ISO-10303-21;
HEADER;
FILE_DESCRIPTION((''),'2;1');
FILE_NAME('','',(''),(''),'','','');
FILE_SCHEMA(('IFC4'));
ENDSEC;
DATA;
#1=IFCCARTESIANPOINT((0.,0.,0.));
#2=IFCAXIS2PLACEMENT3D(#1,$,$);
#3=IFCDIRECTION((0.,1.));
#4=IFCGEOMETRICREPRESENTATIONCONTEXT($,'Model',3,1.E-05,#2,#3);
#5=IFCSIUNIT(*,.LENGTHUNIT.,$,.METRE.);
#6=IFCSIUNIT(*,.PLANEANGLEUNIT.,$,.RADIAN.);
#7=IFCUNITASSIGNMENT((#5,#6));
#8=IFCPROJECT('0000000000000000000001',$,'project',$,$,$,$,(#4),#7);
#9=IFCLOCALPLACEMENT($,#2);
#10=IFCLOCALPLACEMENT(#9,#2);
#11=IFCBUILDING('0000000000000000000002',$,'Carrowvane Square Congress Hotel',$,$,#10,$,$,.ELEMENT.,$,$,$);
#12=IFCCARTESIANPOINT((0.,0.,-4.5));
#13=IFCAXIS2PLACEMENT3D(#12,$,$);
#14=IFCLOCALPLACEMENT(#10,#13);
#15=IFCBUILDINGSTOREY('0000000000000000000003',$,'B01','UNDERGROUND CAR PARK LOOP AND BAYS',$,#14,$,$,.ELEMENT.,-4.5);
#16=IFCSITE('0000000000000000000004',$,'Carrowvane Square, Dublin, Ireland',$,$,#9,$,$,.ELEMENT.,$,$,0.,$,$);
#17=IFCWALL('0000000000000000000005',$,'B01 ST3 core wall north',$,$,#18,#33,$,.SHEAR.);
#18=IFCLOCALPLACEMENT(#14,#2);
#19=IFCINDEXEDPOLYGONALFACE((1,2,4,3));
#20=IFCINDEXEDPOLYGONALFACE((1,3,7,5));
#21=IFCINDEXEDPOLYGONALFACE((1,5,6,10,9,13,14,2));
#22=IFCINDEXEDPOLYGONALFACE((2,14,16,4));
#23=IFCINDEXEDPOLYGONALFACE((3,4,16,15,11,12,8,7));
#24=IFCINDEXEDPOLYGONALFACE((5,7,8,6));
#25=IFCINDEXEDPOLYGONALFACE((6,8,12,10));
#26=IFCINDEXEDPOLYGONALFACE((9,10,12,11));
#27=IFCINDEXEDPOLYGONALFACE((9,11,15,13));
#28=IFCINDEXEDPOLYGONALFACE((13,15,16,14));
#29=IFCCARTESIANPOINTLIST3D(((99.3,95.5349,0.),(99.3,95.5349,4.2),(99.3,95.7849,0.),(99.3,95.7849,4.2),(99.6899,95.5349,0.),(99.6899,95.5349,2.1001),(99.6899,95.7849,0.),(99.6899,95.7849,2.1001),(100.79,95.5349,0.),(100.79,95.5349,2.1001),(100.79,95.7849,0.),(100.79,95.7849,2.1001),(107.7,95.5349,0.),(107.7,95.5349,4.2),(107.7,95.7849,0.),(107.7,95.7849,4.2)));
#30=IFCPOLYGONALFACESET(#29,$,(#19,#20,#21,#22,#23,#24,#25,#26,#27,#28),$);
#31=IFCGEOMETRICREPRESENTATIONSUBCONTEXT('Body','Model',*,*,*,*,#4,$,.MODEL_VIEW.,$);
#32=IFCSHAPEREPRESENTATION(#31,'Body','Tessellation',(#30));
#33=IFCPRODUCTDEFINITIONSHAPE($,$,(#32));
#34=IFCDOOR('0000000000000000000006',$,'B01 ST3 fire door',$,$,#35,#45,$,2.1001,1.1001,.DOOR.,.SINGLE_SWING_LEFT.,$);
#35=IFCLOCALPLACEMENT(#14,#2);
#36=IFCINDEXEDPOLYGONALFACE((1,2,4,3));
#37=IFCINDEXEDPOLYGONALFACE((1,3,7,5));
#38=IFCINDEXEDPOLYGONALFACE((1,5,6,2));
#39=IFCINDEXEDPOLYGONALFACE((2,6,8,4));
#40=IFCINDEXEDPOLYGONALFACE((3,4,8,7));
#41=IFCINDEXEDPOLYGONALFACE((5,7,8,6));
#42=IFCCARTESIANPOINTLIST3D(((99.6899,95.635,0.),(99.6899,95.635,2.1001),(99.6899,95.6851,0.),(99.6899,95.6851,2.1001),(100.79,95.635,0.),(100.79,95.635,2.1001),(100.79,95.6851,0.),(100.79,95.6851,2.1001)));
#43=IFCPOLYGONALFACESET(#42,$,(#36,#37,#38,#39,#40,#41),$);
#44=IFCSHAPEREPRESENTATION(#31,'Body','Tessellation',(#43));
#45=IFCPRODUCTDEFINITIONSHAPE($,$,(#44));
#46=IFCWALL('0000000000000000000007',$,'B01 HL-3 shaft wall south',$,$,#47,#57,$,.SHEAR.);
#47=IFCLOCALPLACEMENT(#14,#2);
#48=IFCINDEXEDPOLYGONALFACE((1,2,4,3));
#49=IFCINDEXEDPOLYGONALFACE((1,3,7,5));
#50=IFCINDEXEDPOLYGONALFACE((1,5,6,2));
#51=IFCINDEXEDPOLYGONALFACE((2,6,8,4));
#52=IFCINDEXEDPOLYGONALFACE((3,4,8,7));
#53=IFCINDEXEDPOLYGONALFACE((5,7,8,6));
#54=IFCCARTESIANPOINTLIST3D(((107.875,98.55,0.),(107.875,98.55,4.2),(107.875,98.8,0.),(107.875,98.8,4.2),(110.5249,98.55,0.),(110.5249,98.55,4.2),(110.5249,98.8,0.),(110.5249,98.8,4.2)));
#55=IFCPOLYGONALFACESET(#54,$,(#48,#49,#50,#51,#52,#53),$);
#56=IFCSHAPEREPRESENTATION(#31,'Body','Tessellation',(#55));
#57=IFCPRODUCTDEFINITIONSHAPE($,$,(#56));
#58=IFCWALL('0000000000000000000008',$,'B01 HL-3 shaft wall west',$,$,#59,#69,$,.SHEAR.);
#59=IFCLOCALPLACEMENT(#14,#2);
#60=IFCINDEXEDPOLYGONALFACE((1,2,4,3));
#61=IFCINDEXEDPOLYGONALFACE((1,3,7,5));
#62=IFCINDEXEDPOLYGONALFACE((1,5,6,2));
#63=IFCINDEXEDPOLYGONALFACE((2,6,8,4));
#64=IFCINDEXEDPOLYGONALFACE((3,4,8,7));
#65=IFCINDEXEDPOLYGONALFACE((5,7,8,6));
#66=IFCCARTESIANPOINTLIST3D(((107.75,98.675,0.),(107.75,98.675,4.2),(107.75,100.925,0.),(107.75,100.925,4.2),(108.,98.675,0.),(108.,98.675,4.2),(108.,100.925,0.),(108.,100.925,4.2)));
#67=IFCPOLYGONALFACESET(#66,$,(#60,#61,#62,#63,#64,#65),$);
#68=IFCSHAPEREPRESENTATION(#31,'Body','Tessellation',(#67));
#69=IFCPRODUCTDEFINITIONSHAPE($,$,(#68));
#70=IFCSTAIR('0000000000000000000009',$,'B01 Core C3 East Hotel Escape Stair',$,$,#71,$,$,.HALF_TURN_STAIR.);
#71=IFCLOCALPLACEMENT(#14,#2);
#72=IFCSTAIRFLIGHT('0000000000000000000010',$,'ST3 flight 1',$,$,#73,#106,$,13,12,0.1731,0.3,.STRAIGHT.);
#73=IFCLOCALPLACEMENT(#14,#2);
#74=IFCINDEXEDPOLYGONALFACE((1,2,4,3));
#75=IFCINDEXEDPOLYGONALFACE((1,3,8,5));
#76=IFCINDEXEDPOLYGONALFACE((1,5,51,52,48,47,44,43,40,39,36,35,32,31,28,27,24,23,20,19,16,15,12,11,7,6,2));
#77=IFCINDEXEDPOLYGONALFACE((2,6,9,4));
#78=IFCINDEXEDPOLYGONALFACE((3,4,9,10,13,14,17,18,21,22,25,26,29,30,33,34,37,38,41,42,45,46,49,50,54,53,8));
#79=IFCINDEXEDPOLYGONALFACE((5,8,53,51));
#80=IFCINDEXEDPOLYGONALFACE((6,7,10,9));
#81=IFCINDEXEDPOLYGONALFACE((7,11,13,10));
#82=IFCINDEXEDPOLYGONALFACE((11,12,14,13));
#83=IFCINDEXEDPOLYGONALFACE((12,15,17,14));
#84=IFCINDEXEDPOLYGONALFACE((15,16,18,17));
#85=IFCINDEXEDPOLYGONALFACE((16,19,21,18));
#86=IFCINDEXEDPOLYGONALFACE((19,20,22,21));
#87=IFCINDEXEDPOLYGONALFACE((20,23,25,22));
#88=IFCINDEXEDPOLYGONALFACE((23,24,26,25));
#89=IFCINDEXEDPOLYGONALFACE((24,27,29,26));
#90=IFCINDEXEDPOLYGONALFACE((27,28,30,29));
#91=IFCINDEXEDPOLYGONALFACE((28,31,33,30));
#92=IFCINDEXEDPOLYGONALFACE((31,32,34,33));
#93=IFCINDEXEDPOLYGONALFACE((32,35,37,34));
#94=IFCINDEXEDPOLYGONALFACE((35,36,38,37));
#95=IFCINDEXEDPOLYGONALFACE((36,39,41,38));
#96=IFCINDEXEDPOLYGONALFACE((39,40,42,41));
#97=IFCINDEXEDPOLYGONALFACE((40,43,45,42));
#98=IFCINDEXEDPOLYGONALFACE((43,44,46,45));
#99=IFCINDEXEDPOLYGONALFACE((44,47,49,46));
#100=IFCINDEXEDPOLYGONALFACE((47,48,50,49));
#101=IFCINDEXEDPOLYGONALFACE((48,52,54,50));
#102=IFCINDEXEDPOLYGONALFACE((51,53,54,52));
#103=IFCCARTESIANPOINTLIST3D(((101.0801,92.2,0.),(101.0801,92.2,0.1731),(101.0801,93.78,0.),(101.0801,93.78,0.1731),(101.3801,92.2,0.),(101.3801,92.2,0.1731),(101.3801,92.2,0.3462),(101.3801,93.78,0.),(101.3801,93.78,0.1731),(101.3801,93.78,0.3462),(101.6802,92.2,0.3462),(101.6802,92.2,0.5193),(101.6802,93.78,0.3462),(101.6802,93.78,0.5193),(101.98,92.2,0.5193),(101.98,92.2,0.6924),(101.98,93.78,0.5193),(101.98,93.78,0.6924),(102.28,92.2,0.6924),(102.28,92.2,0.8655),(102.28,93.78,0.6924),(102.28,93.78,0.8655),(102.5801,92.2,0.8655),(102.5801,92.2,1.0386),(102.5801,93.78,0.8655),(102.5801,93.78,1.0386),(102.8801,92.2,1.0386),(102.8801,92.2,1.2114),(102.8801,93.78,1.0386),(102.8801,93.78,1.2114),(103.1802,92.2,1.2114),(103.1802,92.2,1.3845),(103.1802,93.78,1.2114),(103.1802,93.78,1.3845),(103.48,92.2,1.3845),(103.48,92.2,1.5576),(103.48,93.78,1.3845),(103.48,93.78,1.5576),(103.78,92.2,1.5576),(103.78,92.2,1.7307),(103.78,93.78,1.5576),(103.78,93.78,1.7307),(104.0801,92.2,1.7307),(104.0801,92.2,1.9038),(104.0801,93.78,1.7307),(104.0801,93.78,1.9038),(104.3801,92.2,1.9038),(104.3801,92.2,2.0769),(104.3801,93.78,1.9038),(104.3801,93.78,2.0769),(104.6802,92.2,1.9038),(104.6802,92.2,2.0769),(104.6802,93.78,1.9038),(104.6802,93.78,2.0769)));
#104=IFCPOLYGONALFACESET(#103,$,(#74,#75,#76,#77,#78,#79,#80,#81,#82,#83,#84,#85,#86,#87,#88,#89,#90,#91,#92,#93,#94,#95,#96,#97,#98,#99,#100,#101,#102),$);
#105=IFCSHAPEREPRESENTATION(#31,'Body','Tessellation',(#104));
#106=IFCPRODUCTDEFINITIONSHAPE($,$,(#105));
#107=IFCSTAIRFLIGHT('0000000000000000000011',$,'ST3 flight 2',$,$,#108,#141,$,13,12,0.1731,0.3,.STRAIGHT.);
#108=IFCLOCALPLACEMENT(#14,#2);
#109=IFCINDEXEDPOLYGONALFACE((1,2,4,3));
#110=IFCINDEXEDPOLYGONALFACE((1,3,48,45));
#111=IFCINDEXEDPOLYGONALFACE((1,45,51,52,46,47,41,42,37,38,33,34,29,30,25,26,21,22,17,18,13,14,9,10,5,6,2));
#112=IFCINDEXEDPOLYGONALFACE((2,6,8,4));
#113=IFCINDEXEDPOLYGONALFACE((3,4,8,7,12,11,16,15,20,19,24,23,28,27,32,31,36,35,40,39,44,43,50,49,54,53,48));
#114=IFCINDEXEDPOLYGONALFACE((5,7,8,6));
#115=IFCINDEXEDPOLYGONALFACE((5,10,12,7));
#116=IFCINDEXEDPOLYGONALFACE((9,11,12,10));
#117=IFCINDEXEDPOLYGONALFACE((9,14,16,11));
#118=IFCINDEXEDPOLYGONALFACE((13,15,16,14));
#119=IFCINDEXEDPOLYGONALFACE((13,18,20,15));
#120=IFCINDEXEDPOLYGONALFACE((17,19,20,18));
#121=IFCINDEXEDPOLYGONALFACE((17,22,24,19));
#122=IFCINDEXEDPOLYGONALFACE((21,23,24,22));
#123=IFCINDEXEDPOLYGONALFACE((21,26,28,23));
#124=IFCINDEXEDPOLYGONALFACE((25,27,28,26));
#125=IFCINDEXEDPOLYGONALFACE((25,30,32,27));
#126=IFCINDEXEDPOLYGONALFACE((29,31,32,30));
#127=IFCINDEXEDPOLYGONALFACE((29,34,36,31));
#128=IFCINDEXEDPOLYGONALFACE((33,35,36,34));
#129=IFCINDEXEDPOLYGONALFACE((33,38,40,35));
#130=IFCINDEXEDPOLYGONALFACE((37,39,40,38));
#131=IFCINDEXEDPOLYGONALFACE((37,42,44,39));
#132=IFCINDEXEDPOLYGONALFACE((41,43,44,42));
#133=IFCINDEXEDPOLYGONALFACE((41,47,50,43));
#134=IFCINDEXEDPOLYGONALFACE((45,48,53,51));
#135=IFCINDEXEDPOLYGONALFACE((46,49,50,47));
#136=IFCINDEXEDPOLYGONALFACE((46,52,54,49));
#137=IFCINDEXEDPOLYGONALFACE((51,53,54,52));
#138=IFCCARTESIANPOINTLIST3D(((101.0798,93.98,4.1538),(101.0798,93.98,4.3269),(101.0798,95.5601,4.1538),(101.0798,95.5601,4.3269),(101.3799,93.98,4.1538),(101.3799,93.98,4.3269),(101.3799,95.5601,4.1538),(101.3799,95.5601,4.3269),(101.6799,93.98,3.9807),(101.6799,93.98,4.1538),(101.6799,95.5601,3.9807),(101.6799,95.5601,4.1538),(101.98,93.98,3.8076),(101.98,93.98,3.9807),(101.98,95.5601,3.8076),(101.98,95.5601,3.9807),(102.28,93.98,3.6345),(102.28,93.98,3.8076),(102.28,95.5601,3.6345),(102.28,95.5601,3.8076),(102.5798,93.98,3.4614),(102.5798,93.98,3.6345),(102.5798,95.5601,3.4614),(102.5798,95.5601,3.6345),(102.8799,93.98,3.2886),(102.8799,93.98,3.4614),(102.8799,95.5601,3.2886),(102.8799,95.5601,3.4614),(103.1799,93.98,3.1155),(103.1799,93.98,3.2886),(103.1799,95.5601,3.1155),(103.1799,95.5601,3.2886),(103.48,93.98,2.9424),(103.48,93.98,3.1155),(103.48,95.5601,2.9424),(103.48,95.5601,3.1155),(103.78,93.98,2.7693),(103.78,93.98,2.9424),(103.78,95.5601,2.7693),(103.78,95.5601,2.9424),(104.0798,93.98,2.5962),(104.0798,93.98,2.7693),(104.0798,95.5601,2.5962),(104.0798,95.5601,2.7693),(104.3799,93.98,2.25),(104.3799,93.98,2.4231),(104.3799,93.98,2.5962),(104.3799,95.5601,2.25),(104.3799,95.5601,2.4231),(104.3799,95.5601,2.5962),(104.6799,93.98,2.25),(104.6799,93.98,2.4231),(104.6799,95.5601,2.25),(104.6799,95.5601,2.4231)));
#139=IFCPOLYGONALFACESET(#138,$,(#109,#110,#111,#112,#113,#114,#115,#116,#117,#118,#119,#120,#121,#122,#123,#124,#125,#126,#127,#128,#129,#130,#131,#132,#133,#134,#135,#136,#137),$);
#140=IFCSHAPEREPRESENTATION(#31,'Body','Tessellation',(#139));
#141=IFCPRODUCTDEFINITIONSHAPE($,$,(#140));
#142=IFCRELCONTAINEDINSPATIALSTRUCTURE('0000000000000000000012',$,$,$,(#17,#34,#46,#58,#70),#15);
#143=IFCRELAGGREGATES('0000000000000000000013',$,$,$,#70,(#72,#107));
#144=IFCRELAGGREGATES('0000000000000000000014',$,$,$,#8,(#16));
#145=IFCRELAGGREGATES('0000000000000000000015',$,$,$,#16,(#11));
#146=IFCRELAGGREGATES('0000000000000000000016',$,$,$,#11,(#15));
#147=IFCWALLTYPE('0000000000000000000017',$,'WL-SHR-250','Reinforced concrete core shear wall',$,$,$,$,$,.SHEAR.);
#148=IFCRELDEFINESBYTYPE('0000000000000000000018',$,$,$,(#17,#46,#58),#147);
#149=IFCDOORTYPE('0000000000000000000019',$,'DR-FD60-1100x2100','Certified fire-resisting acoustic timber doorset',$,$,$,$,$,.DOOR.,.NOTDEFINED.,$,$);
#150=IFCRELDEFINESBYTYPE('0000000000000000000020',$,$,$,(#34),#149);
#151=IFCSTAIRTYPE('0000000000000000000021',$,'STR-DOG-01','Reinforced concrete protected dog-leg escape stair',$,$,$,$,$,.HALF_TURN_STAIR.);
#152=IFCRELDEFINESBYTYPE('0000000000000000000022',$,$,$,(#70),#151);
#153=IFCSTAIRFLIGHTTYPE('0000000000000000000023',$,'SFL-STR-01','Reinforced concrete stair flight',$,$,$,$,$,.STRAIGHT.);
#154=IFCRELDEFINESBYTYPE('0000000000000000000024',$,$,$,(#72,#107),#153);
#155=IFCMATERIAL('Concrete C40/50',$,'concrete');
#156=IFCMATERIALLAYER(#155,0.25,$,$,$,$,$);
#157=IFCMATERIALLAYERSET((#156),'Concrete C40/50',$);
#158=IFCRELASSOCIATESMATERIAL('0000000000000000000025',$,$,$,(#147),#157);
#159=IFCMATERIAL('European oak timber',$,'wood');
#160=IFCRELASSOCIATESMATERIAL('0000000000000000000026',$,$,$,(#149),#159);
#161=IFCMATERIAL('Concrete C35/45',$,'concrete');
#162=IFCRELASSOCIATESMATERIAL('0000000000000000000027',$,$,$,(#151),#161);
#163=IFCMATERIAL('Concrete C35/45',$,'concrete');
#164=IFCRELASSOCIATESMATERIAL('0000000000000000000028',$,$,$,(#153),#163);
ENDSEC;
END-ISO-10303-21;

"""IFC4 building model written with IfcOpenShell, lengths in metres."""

from ifc_helpers import new_model, si_unit, direction, frame, frame_2d, origin, place, context, subcontext, project, spatial, polyline, rectangle, outline, extrude, material, layer, layer_set, type_object, element, fill, aggregate, save


model = new_model("IFC4")

# Units and contexts
model_context = context("Model", 3, precision=1e-05, world=origin(), true_north=direction((0.0, 1.0)))
body_context = subcontext(model_context, "Body", "Model", "MODEL_VIEW")
ifc_project = project(units=[si_unit("LENGTHUNIT", "METRE"), si_unit("PLANEANGLEUNIT", "RADIAN")], contexts=[model_context])

# Site, building, storey
site_placement = place(None, origin())
site = spatial("IfcSite", under=ifc_project, at=site_placement, Name="Carrowvane Square, Dublin, Ireland", CompositionType="ELEMENT", RefElevation=0.0)
building_placement = place(site_placement, origin())
building = spatial("IfcBuilding", under=site, at=building_placement, Name="Carrowvane Square Congress Hotel", CompositionType="ELEMENT")
storey_placement = place(building_placement, frame((0.0, 0.0, -4.5)))
storey = spatial("IfcBuildingStorey", under=building, at=storey_placement, Name="B01", Description="UNDERGROUND CAR PARK LOOP AND BAYS", CompositionType="ELEMENT", Elevation=-4.5)

# Wall, opening, door
ifc_material_1 = material(Name="Concrete C40/50", Category="concrete")
ifc_layer_1 = layer(ifc_material_1, 0.25)
ifc_layer_set_1 = layer_set([ifc_layer_1], Name="Concrete C40/50")
wall_type_1 = type_object("IfcWallType", Name="WL-SHR-250", Description="Reinforced concrete core shear wall", PredefinedType="SHEAR", material=ifc_layer_set_1)
wall_1_placement = place(storey_placement, frame((107.7, 95.6599, 0.0), z_axis=(0.0, 0.0, 1.0), x_axis=(-1.0, 0.0, 0.0)))
wall_1 = element("IfcWall", 1, at=wall_1_placement, inside=storey, type_object=wall_type_1, Name="B01 ST3 core wall north", PredefinedType="SHEAR", context=body_context, shape_type="SweptSolid", body=[
    extrude(rectangle(XDim=8.3999, YDim=0.25, at=frame_2d((4.2, 0.0))), origin(), (0.0, 0.0, 1.0), 4.2),
])
opening_placement = place(wall_1_placement, frame((6.9099, 0.0, 0.0)))
opening = element("IfcOpeningElement", 2, at=opening_placement, cuts=wall_1, PredefinedType="OPENING", context=body_context, shape_type="SweptSolid", body=[
    extrude(rectangle(XDim=1.1001, YDim=2.1001, at=frame_2d((0.55, 1.05))), frame((0.0, 0.135, 0.0), z_axis=(0.0, -1.0, 0.0), x_axis=(1.0, 0.0, 0.0)), (0.0, 0.0, 1.0), 0.27),
])
ifc_material_2 = material(Name="European oak timber", Category="wood")
door_type = type_object("IfcDoorType", Name="DR-FD60-1100x2100", Description="Certified fire-resisting acoustic timber doorset", OperationType="NOTDEFINED", PredefinedType="DOOR", material=ifc_material_2)
door_placement = place(opening_placement, origin())
door = element("IfcDoor", 3, at=door_placement, inside=storey, type_object=door_type, Name="B01 ST3 fire door", OperationType="SINGLE_SWING_LEFT", OverallHeight=2.1001, OverallWidth=1.1001, PredefinedType="DOOR", context=body_context, shape_type="SweptSolid", body=[
    extrude(rectangle(XDim=1.1001, YDim=2.1001, at=frame_2d((0.55, 1.05))), frame((0.0, 0.0249, 0.0), z_axis=(0.0, -1.0, 0.0), x_axis=(1.0, 0.0, 0.0)), (0.0, 0.0, 1.0), 0.05),
])
fill(opening, door)

# Walls
wall_2_placement = place(storey_placement, frame((107.875, 98.675, 0.0), z_axis=(0.0, 0.0, 1.0), x_axis=(1.0, 0.0, 0.0)))
element("IfcWall", 4, at=wall_2_placement, inside=storey, type_object=wall_type_1, Name="B01 HL-3 shaft wall south", PredefinedType="SHEAR", context=body_context, shape_type="SweptSolid", body=[
    extrude(rectangle(XDim=2.6499, YDim=0.25, at=frame_2d((1.325, 0.0))), origin(), (0.0, 0.0, 1.0), 4.2),
])
wall_3_placement = place(storey_placement, frame((107.875, 100.925, 0.0), z_axis=(0.0, 0.0, 1.0), x_axis=(0.0, -1.0, 0.0)))
element("IfcWall", 5, at=wall_3_placement, inside=storey, type_object=wall_type_1, Name="B01 HL-3 shaft wall west", PredefinedType="SHEAR", context=body_context, shape_type="SweptSolid", body=[
    extrude(rectangle(XDim=2.25, YDim=0.25, at=frame_2d((1.125, 0.0))), origin(), (0.0, 0.0, 1.0), 4.2),
])

# Stair, stair flights
ifc_material_3 = material(Name="Concrete C35/45", Category="concrete")
stair_type = type_object("IfcStairType", Name="STR-DOG-01", Description="Reinforced concrete protected dog-leg escape stair", PredefinedType="HALF_TURN_STAIR", material=ifc_material_3)
stair_placement = place(storey_placement, origin())
stair = element("IfcStair", 6, at=stair_placement, inside=storey, type_object=stair_type, Name="B01 Core C3 East Hotel Escape Stair", PredefinedType="HALF_TURN_STAIR")
ifc_material_4 = material(Name="Concrete C35/45", Category="concrete")
stair_flight_type = type_object("IfcStairFlightType", Name="SFL-STR-01", Description="Reinforced concrete stair flight", PredefinedType="STRAIGHT", material=ifc_material_4)
stair_flight_1_placement = place(storey_placement, frame((101.0801, 92.99, 0.0), z_axis=(0.0, 0.0, 1.0), x_axis=(1.0, 0.0, 0.0)))
stair_flight_1 = element("IfcStairFlight", 7, at=stair_flight_1_placement, type_object=stair_flight_type, Name="ST3 flight 1", NumberOfRisers=13, NumberOfTreads=12, PredefinedType="STRAIGHT", RiserHeight=0.1731, TreadLength=0.3, context=body_context, shape_type="SweptSolid", body=[
    extrude(outline(polyline([(0.0, 0.0), (0.0, 0.1731), (0.3, 0.1731), (0.3, 0.3462), (0.6001, 0.3462), (0.6001, 0.5193), (0.8999, 0.5193), (0.8999, 0.6924), (1.2, 0.6924), (1.2, 0.8655), (1.5, 0.8655), (1.5, 1.0386), (1.8, 1.0386), (1.8, 1.2114), (2.1001, 1.2114), (2.1001, 1.3845), (2.3999, 1.3845), (2.3999, 1.5576), (2.7, 1.5576), (2.7, 1.7307), (3.0, 1.7307), (3.0, 1.9038), (3.3, 1.9038), (3.3, 2.0769), (3.6001, 2.0769), (3.6001, 2.25), (3.6001, 1.9038), (0.3, 0.0), (0.0, 0.0)])), frame((0.0, 0.79, 0.0), z_axis=(0.0, -1.0, 0.0), x_axis=(1.0, 0.0, 0.0)), (0.0, 0.0, 1.0), 1.5801),
])
stair_flight_2_placement = place(storey_placement, frame((104.6799, 94.77, 2.25), z_axis=(0.0, 0.0, 1.0), x_axis=(-1.0, 0.0, 0.0)))
stair_flight_2 = element("IfcStairFlight", 8, at=stair_flight_2_placement, type_object=stair_flight_type, Name="ST3 flight 2", NumberOfRisers=13, NumberOfTreads=12, PredefinedType="STRAIGHT", RiserHeight=0.1731, TreadLength=0.3, context=body_context, shape_type="SweptSolid", body=[
    extrude(outline(polyline([(0.0, 0.0), (0.0, 0.1731), (0.3, 0.1731), (0.3, 0.3462), (0.6001, 0.3462), (0.6001, 0.5193), (0.8999, 0.5193), (0.8999, 0.6924), (1.2, 0.6924), (1.2, 0.8655), (1.5, 0.8655), (1.5, 1.0386), (1.8, 1.0386), (1.8, 1.2114), (2.1001, 1.2114), (2.1001, 1.3845), (2.3999, 1.3845), (2.3999, 1.5576), (2.7, 1.5576), (2.7, 1.7307), (3.0, 1.7307), (3.0, 1.9038), (3.3, 1.9038), (3.3, 2.0769), (3.6001, 2.0769), (3.6001, 2.25), (3.6001, 1.9038), (0.3, 0.0), (0.0, 0.0)])), frame((0.0, 0.79, 0.0), z_axis=(0.0, -1.0, 0.0), x_axis=(1.0, 0.0, 0.0)), (0.0, 0.0, 1.0), 1.5801),
])
aggregate(stair, [stair_flight_1, stair_flight_2])

save(model, "model.ifc")
